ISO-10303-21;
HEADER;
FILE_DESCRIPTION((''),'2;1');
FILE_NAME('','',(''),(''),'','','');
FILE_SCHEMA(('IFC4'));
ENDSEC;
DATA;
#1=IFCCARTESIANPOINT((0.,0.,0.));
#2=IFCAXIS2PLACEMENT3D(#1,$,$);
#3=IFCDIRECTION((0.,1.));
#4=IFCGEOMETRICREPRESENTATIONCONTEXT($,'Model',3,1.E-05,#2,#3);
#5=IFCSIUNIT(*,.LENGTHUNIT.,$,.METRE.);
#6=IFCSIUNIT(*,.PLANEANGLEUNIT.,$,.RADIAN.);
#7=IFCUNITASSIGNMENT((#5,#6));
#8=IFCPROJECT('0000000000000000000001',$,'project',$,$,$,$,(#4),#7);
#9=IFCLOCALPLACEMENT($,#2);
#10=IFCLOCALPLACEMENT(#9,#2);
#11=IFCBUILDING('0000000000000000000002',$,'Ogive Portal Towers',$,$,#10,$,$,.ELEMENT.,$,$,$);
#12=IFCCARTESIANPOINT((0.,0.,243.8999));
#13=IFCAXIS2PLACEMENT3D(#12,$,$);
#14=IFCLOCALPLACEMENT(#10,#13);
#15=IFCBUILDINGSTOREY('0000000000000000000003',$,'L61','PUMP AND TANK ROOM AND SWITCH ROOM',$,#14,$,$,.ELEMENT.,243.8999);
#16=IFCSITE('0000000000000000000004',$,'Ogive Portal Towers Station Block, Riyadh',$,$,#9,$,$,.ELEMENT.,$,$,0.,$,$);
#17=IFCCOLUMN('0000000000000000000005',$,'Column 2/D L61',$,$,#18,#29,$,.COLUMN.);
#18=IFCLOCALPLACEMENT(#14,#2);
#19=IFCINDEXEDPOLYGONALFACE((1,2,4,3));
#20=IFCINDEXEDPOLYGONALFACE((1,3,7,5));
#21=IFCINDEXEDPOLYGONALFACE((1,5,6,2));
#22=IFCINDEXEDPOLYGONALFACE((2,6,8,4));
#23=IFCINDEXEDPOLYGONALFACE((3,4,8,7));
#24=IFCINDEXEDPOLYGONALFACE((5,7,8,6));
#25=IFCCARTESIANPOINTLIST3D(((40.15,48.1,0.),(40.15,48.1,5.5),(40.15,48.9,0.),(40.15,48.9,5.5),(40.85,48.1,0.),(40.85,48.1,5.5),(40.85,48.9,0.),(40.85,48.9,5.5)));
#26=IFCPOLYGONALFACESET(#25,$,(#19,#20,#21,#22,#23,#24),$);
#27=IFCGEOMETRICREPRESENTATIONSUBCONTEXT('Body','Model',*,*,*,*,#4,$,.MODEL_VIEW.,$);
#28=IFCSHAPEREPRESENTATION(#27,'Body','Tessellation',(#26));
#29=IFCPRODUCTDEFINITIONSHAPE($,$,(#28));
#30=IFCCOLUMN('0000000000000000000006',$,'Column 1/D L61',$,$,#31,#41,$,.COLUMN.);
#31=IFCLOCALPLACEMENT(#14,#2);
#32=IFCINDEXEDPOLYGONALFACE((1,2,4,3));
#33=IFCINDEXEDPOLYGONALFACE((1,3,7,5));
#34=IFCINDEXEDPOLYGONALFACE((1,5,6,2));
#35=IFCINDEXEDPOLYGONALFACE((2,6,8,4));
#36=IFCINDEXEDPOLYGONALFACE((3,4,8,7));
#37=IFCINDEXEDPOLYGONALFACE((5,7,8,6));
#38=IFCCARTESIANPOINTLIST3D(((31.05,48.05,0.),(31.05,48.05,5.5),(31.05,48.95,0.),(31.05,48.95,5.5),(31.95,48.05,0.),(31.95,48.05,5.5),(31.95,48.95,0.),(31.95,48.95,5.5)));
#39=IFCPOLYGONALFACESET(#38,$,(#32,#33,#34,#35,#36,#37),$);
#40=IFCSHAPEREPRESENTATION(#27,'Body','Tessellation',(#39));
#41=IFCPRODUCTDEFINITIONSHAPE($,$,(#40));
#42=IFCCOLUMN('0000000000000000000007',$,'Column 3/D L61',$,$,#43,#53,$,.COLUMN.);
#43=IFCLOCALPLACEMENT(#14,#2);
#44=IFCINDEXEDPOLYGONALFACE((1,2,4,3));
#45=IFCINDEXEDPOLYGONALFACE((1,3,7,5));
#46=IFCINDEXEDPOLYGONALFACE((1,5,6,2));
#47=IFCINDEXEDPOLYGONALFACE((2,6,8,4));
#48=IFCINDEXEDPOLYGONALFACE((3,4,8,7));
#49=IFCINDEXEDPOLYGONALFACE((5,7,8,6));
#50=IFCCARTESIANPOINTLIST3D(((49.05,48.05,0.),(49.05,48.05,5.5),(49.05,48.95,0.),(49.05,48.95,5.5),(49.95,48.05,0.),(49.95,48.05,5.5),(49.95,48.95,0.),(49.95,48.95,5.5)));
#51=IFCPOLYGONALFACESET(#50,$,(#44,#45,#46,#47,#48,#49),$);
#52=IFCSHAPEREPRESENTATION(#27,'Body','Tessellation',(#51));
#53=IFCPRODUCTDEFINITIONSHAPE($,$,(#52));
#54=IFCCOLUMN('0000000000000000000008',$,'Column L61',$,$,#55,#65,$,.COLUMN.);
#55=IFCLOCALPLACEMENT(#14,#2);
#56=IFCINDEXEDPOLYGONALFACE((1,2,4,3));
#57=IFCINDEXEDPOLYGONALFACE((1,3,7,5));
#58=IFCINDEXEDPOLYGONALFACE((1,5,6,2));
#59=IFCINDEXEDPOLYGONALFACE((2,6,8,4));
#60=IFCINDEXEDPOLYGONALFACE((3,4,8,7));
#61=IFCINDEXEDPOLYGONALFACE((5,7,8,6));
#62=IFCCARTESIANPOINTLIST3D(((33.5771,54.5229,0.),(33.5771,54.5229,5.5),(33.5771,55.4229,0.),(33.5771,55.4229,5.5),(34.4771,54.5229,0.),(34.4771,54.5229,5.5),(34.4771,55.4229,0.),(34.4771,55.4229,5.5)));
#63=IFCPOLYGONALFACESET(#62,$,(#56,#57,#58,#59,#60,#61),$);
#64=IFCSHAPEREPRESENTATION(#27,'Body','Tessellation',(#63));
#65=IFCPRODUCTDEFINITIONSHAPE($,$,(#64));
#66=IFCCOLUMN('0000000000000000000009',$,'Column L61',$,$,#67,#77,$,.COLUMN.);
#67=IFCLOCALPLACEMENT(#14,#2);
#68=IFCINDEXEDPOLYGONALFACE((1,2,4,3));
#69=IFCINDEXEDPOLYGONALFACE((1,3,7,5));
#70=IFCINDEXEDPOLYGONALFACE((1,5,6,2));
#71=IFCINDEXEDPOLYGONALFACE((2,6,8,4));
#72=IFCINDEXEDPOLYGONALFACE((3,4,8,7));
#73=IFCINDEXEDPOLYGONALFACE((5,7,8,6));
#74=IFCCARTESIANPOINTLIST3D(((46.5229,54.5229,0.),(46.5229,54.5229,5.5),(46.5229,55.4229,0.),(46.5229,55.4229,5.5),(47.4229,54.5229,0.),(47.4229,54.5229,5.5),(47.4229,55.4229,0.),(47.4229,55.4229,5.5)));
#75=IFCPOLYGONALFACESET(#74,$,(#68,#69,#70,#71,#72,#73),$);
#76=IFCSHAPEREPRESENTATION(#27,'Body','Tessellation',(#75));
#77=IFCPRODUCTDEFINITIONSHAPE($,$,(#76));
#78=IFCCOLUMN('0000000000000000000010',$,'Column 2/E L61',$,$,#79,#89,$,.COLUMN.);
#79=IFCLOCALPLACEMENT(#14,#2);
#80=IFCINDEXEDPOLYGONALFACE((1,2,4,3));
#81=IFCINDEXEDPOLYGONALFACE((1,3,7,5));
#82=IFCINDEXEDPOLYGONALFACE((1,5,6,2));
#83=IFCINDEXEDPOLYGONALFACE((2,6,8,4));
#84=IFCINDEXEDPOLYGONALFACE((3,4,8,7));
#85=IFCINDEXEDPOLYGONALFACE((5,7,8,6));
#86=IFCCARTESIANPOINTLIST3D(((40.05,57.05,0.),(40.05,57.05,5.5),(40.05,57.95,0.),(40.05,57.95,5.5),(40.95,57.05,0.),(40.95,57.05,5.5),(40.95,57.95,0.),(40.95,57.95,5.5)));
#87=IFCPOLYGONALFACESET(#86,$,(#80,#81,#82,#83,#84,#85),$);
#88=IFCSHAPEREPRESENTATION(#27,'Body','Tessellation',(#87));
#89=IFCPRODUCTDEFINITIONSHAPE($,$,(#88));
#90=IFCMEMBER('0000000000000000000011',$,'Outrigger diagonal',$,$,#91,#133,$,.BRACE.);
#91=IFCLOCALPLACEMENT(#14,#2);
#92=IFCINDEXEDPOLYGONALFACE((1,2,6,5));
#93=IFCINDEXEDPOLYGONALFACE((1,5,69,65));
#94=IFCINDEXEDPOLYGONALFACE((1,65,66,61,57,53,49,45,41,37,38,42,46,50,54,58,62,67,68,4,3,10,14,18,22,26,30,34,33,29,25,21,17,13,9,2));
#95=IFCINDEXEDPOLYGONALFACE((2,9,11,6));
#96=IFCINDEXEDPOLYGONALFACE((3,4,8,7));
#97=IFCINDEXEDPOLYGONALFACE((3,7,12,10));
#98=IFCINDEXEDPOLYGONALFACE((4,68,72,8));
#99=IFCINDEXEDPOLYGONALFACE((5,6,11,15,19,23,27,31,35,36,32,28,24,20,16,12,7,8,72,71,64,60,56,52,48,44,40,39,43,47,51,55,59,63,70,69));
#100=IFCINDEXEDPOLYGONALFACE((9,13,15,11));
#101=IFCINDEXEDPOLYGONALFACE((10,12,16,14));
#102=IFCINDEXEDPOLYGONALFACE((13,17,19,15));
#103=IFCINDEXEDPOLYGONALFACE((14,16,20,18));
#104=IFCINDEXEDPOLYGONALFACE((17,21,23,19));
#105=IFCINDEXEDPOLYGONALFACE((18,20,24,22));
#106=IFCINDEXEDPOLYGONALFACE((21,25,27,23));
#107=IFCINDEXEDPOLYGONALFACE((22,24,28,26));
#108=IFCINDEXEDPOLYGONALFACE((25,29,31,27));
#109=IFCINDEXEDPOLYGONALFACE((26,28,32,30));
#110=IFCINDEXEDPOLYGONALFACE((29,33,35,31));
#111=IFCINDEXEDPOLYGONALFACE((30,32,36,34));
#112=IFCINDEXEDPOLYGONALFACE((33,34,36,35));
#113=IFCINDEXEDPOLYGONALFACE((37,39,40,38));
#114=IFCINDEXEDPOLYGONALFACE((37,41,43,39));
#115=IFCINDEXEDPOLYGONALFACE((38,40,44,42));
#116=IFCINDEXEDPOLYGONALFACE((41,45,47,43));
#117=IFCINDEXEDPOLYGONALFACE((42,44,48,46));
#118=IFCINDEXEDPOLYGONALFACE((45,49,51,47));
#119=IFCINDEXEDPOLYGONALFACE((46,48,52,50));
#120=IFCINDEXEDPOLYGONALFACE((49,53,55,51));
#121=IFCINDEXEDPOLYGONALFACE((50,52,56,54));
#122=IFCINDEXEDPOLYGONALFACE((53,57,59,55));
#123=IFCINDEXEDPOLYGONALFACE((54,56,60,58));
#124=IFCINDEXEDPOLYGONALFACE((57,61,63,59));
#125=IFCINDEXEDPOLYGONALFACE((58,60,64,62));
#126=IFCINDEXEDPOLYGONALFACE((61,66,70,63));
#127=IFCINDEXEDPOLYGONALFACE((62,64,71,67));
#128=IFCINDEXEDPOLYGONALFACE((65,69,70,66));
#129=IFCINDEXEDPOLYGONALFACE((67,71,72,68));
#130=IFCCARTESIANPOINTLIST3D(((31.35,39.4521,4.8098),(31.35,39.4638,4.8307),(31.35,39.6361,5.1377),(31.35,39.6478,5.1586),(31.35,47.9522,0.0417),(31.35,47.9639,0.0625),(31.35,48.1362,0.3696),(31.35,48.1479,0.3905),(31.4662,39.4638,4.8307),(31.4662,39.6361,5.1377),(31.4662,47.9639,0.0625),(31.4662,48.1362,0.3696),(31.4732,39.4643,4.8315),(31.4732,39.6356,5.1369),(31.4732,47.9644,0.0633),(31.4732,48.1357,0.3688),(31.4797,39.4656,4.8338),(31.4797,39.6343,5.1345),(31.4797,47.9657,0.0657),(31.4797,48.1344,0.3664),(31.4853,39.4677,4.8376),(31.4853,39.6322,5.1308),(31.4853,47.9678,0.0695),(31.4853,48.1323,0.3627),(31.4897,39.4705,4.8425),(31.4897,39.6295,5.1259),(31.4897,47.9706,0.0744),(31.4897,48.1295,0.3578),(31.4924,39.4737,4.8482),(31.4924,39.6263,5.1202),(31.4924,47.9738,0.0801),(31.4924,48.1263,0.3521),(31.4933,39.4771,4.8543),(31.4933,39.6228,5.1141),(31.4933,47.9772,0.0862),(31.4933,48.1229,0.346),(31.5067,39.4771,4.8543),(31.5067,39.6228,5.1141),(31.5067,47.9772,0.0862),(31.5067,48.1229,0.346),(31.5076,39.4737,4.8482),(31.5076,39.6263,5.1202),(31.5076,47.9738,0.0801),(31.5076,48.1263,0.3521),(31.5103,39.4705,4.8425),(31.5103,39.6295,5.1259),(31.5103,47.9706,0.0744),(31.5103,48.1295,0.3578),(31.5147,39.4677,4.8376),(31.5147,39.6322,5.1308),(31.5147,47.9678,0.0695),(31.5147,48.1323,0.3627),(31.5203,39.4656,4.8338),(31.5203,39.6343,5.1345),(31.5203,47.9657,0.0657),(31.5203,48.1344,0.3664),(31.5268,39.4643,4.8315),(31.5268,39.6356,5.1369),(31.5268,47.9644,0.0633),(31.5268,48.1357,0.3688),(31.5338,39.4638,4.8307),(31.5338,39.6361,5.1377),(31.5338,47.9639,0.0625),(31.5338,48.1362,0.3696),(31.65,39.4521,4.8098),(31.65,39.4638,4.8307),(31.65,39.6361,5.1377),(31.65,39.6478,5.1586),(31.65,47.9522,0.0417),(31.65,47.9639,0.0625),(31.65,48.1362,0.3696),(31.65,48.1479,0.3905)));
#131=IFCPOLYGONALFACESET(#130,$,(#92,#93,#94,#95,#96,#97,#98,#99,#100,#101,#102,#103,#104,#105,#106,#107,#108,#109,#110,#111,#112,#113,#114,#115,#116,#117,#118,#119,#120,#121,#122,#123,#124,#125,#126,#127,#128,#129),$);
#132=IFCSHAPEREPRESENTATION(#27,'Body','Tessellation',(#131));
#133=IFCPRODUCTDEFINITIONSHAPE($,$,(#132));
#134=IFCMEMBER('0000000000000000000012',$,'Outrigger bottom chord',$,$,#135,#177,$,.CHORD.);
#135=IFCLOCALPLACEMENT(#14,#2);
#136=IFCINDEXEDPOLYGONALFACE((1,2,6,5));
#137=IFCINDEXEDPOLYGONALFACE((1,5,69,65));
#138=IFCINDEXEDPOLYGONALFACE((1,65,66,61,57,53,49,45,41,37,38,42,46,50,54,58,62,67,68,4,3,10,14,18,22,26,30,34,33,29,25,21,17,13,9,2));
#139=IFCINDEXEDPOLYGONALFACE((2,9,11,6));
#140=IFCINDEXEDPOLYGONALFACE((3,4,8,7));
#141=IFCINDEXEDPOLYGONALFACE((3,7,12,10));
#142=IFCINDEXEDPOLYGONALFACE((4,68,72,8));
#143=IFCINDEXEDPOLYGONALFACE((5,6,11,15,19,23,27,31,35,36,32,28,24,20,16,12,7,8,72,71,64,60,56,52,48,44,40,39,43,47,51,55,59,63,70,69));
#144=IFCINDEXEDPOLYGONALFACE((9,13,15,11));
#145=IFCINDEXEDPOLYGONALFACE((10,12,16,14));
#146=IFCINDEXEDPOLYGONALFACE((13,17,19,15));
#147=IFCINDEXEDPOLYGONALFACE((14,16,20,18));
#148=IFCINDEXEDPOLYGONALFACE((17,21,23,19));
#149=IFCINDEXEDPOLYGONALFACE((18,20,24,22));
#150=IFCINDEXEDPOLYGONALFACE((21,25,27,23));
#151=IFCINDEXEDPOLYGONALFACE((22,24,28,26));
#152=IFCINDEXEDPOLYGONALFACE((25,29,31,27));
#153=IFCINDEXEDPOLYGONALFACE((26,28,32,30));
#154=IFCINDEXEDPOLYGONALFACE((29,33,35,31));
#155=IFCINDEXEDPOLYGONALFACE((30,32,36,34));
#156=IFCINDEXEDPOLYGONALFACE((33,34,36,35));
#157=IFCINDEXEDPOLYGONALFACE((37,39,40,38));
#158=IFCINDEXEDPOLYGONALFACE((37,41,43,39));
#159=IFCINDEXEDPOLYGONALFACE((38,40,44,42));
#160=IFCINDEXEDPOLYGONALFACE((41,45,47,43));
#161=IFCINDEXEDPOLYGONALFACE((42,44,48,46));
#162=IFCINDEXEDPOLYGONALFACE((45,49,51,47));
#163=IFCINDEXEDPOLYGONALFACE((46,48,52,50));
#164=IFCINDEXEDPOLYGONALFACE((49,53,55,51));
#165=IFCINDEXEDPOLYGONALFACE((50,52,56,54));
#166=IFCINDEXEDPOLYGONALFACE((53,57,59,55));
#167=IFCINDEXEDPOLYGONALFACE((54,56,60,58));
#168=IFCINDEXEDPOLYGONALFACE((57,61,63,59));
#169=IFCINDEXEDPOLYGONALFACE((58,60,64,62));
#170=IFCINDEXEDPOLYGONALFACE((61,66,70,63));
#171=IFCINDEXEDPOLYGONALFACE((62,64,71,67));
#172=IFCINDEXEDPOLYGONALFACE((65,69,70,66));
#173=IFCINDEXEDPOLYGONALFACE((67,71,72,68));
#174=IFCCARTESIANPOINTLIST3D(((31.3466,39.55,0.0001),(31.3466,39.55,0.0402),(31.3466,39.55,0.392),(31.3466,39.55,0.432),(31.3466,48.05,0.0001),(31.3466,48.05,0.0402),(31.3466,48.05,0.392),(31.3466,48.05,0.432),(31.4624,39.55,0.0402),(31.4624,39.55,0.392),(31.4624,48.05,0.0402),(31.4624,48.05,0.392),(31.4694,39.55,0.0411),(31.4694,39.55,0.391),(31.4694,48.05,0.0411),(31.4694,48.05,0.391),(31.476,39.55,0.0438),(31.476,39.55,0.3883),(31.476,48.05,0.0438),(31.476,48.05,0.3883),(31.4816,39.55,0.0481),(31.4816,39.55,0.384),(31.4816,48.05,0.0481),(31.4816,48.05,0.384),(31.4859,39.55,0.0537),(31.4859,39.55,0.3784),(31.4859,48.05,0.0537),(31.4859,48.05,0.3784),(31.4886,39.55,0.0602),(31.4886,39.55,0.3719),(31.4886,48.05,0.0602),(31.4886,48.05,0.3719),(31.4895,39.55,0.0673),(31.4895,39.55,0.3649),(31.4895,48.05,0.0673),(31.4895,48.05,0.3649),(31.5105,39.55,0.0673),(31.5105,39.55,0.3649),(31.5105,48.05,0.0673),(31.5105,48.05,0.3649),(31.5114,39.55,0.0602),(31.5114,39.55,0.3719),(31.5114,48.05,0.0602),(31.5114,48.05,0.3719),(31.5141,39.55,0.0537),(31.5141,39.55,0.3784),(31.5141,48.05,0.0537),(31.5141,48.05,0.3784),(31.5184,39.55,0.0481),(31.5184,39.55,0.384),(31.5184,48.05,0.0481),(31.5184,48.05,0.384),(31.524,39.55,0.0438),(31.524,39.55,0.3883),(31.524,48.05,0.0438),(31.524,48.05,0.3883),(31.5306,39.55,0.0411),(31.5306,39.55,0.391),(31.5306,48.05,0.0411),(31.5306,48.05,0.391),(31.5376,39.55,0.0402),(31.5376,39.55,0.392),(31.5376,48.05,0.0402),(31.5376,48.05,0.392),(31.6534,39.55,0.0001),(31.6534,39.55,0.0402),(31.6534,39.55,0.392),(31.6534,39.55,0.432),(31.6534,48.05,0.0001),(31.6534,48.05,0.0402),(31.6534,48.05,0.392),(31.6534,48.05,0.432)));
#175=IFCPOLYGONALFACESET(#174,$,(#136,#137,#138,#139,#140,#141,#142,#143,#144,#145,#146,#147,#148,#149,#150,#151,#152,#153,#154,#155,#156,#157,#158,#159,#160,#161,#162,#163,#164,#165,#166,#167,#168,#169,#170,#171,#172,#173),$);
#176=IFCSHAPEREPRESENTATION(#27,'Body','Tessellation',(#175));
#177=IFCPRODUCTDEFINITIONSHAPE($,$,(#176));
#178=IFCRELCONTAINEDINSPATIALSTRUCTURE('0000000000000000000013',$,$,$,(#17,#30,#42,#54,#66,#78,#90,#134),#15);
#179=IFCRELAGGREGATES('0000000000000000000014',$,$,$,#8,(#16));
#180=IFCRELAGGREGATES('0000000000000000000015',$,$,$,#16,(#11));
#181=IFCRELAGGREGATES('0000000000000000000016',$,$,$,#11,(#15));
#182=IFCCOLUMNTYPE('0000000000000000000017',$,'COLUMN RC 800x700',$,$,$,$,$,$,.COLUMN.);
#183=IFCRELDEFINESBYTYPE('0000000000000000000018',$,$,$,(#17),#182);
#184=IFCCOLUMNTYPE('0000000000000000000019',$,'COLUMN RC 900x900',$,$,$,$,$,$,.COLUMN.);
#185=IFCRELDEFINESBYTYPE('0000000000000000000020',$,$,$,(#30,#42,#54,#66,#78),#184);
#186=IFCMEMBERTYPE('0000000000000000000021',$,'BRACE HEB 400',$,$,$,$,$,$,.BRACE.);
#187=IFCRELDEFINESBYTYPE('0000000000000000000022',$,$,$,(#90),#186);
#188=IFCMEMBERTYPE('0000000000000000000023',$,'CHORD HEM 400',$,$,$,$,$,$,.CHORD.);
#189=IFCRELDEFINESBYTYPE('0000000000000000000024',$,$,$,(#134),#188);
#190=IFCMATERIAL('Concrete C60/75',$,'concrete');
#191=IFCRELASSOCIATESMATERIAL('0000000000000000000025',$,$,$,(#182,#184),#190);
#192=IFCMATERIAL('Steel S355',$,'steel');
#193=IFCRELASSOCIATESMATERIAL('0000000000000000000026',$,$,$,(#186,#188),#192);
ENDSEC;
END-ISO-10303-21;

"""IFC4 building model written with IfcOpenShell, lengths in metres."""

from ifc_helpers import new_model, si_unit, direction, frame, origin, origin_2d, place, context, subcontext, project, spatial, rectangle, i_section, extrude, material, material_profile, profile_set, type_object, element, save


model = new_model("IFC4")

# Units and contexts
model_context = context("Model", 3, precision=1e-05, world=origin(), true_north=direction((0.0, 1.0)))
body_context = subcontext(model_context, "Body", "Model", "MODEL_VIEW")
ifc_project = project(units=[si_unit("LENGTHUNIT", "METRE"), si_unit("PLANEANGLEUNIT", "RADIAN")], contexts=[model_context])

# Site, building, storey
site_placement = place(None, origin())
site = spatial("IfcSite", under=ifc_project, at=site_placement, Name="Ogive Portal Towers Station Block, Riyadh", CompositionType="ELEMENT", RefElevation=0.0)
building_placement = place(site_placement, origin())
building = spatial("IfcBuilding", under=site, at=building_placement, Name="Ogive Portal Towers", CompositionType="ELEMENT")
storey_placement = place(building_placement, frame((0.0, 0.0, 243.8999)))
storey = spatial("IfcBuildingStorey", under=building, at=storey_placement, Name="L61", Description="PUMP AND TANK ROOM AND SWITCH ROOM", CompositionType="ELEMENT", Elevation=243.8999)

# Columns
ifc_material_1 = material(Name="Concrete C60/75", Category="concrete")
ifc_material_profile_1 = material_profile(ifc_material_1, rectangle(XDim=0.8, YDim=0.7, at=origin_2d()), Name="RC 800x700")
ifc_profile_set_1 = profile_set([ifc_material_profile_1], Name="Concrete C60/75")
column_type_1 = type_object("IfcColumnType", Name="COLUMN RC 800x700", PredefinedType="COLUMN", material=ifc_profile_set_1)
column_placement = place(storey_placement, frame((40.5, 48.5, 0.0), z_axis=(0.0, 0.0, 1.0), x_axis=(0.0, 1.0, 0.0)))
element("IfcColumn", 1, at=column_placement, inside=storey, type_object=column_type_1, Name="Column 2/D L61", PredefinedType="COLUMN", context=body_context, shape_type="SweptSolid", body=[
    extrude(rectangle(XDim=0.8, YDim=0.7, at=origin_2d()), origin(), (0.0, 0.0, 1.0), 5.5),
])
ifc_material_profile_2 = material_profile(ifc_material_1, rectangle(XDim=0.8999, YDim=0.8999, at=origin_2d()), Name="RC 900x900")
ifc_profile_set_2 = profile_set([ifc_material_profile_2], Name="Concrete C60/75")
column_type_2 = type_object("IfcColumnType", Name="COLUMN RC 900x900", PredefinedType="COLUMN", material=ifc_profile_set_2)
for number, where, z_axis, x_axis, name in (
    (2, (31.5, 48.5, 0.0), (0.0, 0.0, 1.0), (1.0, 0.0, 0.0), "Column 1/D L61"),
    (3, (49.5, 48.5, 0.0), (0.0, 0.0, 1.0), (1.0, 0.0, 0.0), "Column 3/D L61"),
    (4, (34.0271, 54.9729, 0.0), (0.0, 0.0, 1.0), (1.0, 0.0, 0.0), "Column L61"),
    (5, (46.9729, 54.9729, 0.0), (0.0, 0.0, 1.0), (1.0, 0.0, 0.0), "Column L61"),
    (6, (40.5, 57.5, 0.0), (0.0, 0.0, 1.0), (1.0, 0.0, 0.0), "Column 2/E L61"),
):
    element("IfcColumn", number, at=place(storey_placement, frame(where, z_axis=z_axis, x_axis=x_axis)), inside=storey, type_object=column_type_2, Name=name, PredefinedType="COLUMN", context=body_context, shape_type="SweptSolid", body=[
        extrude(rectangle(XDim=0.8999, YDim=0.8999, at=origin_2d()), origin(), (0.0, 0.0, 1.0), 5.5),
    ])

# Members
ifc_material_2 = material(Name="Steel S355", Category="steel")
ifc_material_profile_3 = material_profile(ifc_material_2, i_section(OverallWidth=0.3, OverallDepth=0.3999, WebThickness=0.0134, FlangeThickness=0.0239, FilletRadius=0.0271, at=origin_2d()), Name="HEB 400")
ifc_profile_set_3 = profile_set([ifc_material_profile_3], Name="Steel S355")
member_type_1 = type_object("IfcMemberType", Name="BRACE HEB 400", PredefinedType="BRACE", material=ifc_profile_set_3)
member_placement = place(storey_placement, frame((31.5, 48.05, 0.2161), z_axis=(0.0, -0.872153, 0.489233), x_axis=(1.0, 0.0, 0.0)))
element("IfcMember", 7, at=member_placement, inside=storey, type_object=member_type_1, Name="Outrigger diagonal", PredefinedType="BRACE", context=body_context, shape_type="SweptSolid", body=[
    extrude(i_section(OverallWidth=0.3, OverallDepth=0.3999, WebThickness=0.0134, FlangeThickness=0.0239, FilletRadius=0.0271, at=origin_2d()), origin(), (0.0, 0.0, 1.0), 9.7461),
])
ifc_material_profile_4 = material_profile(ifc_material_2, i_section(OverallWidth=0.3069, OverallDepth=0.4319, WebThickness=0.021, FlangeThickness=0.04, FilletRadius=0.0271, at=origin_2d()), Name="HEM 400")
ifc_profile_set_4 = profile_set([ifc_material_profile_4], Name="Steel S355")
member_type_2 = type_object("IfcMemberType", Name="CHORD HEM 400", PredefinedType="CHORD", material=ifc_profile_set_4)
for number, where, z_axis, x_axis, name in (
    (8, (31.5, 48.05, 0.2161), (0.0, -1.0, 0.0), (1.0, 0.0, 0.0), "Outrigger bottom chord"),
):
    element("IfcMember", number, at=place(storey_placement, frame(where, z_axis=z_axis, x_axis=x_axis)), inside=storey, type_object=member_type_2, Name=name, PredefinedType="CHORD", context=body_context, shape_type="SweptSolid", body=[
        extrude(i_section(OverallWidth=0.3069, OverallDepth=0.4319, WebThickness=0.021, FlangeThickness=0.04, FilletRadius=0.0271, at=origin_2d()), origin(), (0.0, 0.0, 1.0), 8.5),
    ])

save(model, "model.ifc")
